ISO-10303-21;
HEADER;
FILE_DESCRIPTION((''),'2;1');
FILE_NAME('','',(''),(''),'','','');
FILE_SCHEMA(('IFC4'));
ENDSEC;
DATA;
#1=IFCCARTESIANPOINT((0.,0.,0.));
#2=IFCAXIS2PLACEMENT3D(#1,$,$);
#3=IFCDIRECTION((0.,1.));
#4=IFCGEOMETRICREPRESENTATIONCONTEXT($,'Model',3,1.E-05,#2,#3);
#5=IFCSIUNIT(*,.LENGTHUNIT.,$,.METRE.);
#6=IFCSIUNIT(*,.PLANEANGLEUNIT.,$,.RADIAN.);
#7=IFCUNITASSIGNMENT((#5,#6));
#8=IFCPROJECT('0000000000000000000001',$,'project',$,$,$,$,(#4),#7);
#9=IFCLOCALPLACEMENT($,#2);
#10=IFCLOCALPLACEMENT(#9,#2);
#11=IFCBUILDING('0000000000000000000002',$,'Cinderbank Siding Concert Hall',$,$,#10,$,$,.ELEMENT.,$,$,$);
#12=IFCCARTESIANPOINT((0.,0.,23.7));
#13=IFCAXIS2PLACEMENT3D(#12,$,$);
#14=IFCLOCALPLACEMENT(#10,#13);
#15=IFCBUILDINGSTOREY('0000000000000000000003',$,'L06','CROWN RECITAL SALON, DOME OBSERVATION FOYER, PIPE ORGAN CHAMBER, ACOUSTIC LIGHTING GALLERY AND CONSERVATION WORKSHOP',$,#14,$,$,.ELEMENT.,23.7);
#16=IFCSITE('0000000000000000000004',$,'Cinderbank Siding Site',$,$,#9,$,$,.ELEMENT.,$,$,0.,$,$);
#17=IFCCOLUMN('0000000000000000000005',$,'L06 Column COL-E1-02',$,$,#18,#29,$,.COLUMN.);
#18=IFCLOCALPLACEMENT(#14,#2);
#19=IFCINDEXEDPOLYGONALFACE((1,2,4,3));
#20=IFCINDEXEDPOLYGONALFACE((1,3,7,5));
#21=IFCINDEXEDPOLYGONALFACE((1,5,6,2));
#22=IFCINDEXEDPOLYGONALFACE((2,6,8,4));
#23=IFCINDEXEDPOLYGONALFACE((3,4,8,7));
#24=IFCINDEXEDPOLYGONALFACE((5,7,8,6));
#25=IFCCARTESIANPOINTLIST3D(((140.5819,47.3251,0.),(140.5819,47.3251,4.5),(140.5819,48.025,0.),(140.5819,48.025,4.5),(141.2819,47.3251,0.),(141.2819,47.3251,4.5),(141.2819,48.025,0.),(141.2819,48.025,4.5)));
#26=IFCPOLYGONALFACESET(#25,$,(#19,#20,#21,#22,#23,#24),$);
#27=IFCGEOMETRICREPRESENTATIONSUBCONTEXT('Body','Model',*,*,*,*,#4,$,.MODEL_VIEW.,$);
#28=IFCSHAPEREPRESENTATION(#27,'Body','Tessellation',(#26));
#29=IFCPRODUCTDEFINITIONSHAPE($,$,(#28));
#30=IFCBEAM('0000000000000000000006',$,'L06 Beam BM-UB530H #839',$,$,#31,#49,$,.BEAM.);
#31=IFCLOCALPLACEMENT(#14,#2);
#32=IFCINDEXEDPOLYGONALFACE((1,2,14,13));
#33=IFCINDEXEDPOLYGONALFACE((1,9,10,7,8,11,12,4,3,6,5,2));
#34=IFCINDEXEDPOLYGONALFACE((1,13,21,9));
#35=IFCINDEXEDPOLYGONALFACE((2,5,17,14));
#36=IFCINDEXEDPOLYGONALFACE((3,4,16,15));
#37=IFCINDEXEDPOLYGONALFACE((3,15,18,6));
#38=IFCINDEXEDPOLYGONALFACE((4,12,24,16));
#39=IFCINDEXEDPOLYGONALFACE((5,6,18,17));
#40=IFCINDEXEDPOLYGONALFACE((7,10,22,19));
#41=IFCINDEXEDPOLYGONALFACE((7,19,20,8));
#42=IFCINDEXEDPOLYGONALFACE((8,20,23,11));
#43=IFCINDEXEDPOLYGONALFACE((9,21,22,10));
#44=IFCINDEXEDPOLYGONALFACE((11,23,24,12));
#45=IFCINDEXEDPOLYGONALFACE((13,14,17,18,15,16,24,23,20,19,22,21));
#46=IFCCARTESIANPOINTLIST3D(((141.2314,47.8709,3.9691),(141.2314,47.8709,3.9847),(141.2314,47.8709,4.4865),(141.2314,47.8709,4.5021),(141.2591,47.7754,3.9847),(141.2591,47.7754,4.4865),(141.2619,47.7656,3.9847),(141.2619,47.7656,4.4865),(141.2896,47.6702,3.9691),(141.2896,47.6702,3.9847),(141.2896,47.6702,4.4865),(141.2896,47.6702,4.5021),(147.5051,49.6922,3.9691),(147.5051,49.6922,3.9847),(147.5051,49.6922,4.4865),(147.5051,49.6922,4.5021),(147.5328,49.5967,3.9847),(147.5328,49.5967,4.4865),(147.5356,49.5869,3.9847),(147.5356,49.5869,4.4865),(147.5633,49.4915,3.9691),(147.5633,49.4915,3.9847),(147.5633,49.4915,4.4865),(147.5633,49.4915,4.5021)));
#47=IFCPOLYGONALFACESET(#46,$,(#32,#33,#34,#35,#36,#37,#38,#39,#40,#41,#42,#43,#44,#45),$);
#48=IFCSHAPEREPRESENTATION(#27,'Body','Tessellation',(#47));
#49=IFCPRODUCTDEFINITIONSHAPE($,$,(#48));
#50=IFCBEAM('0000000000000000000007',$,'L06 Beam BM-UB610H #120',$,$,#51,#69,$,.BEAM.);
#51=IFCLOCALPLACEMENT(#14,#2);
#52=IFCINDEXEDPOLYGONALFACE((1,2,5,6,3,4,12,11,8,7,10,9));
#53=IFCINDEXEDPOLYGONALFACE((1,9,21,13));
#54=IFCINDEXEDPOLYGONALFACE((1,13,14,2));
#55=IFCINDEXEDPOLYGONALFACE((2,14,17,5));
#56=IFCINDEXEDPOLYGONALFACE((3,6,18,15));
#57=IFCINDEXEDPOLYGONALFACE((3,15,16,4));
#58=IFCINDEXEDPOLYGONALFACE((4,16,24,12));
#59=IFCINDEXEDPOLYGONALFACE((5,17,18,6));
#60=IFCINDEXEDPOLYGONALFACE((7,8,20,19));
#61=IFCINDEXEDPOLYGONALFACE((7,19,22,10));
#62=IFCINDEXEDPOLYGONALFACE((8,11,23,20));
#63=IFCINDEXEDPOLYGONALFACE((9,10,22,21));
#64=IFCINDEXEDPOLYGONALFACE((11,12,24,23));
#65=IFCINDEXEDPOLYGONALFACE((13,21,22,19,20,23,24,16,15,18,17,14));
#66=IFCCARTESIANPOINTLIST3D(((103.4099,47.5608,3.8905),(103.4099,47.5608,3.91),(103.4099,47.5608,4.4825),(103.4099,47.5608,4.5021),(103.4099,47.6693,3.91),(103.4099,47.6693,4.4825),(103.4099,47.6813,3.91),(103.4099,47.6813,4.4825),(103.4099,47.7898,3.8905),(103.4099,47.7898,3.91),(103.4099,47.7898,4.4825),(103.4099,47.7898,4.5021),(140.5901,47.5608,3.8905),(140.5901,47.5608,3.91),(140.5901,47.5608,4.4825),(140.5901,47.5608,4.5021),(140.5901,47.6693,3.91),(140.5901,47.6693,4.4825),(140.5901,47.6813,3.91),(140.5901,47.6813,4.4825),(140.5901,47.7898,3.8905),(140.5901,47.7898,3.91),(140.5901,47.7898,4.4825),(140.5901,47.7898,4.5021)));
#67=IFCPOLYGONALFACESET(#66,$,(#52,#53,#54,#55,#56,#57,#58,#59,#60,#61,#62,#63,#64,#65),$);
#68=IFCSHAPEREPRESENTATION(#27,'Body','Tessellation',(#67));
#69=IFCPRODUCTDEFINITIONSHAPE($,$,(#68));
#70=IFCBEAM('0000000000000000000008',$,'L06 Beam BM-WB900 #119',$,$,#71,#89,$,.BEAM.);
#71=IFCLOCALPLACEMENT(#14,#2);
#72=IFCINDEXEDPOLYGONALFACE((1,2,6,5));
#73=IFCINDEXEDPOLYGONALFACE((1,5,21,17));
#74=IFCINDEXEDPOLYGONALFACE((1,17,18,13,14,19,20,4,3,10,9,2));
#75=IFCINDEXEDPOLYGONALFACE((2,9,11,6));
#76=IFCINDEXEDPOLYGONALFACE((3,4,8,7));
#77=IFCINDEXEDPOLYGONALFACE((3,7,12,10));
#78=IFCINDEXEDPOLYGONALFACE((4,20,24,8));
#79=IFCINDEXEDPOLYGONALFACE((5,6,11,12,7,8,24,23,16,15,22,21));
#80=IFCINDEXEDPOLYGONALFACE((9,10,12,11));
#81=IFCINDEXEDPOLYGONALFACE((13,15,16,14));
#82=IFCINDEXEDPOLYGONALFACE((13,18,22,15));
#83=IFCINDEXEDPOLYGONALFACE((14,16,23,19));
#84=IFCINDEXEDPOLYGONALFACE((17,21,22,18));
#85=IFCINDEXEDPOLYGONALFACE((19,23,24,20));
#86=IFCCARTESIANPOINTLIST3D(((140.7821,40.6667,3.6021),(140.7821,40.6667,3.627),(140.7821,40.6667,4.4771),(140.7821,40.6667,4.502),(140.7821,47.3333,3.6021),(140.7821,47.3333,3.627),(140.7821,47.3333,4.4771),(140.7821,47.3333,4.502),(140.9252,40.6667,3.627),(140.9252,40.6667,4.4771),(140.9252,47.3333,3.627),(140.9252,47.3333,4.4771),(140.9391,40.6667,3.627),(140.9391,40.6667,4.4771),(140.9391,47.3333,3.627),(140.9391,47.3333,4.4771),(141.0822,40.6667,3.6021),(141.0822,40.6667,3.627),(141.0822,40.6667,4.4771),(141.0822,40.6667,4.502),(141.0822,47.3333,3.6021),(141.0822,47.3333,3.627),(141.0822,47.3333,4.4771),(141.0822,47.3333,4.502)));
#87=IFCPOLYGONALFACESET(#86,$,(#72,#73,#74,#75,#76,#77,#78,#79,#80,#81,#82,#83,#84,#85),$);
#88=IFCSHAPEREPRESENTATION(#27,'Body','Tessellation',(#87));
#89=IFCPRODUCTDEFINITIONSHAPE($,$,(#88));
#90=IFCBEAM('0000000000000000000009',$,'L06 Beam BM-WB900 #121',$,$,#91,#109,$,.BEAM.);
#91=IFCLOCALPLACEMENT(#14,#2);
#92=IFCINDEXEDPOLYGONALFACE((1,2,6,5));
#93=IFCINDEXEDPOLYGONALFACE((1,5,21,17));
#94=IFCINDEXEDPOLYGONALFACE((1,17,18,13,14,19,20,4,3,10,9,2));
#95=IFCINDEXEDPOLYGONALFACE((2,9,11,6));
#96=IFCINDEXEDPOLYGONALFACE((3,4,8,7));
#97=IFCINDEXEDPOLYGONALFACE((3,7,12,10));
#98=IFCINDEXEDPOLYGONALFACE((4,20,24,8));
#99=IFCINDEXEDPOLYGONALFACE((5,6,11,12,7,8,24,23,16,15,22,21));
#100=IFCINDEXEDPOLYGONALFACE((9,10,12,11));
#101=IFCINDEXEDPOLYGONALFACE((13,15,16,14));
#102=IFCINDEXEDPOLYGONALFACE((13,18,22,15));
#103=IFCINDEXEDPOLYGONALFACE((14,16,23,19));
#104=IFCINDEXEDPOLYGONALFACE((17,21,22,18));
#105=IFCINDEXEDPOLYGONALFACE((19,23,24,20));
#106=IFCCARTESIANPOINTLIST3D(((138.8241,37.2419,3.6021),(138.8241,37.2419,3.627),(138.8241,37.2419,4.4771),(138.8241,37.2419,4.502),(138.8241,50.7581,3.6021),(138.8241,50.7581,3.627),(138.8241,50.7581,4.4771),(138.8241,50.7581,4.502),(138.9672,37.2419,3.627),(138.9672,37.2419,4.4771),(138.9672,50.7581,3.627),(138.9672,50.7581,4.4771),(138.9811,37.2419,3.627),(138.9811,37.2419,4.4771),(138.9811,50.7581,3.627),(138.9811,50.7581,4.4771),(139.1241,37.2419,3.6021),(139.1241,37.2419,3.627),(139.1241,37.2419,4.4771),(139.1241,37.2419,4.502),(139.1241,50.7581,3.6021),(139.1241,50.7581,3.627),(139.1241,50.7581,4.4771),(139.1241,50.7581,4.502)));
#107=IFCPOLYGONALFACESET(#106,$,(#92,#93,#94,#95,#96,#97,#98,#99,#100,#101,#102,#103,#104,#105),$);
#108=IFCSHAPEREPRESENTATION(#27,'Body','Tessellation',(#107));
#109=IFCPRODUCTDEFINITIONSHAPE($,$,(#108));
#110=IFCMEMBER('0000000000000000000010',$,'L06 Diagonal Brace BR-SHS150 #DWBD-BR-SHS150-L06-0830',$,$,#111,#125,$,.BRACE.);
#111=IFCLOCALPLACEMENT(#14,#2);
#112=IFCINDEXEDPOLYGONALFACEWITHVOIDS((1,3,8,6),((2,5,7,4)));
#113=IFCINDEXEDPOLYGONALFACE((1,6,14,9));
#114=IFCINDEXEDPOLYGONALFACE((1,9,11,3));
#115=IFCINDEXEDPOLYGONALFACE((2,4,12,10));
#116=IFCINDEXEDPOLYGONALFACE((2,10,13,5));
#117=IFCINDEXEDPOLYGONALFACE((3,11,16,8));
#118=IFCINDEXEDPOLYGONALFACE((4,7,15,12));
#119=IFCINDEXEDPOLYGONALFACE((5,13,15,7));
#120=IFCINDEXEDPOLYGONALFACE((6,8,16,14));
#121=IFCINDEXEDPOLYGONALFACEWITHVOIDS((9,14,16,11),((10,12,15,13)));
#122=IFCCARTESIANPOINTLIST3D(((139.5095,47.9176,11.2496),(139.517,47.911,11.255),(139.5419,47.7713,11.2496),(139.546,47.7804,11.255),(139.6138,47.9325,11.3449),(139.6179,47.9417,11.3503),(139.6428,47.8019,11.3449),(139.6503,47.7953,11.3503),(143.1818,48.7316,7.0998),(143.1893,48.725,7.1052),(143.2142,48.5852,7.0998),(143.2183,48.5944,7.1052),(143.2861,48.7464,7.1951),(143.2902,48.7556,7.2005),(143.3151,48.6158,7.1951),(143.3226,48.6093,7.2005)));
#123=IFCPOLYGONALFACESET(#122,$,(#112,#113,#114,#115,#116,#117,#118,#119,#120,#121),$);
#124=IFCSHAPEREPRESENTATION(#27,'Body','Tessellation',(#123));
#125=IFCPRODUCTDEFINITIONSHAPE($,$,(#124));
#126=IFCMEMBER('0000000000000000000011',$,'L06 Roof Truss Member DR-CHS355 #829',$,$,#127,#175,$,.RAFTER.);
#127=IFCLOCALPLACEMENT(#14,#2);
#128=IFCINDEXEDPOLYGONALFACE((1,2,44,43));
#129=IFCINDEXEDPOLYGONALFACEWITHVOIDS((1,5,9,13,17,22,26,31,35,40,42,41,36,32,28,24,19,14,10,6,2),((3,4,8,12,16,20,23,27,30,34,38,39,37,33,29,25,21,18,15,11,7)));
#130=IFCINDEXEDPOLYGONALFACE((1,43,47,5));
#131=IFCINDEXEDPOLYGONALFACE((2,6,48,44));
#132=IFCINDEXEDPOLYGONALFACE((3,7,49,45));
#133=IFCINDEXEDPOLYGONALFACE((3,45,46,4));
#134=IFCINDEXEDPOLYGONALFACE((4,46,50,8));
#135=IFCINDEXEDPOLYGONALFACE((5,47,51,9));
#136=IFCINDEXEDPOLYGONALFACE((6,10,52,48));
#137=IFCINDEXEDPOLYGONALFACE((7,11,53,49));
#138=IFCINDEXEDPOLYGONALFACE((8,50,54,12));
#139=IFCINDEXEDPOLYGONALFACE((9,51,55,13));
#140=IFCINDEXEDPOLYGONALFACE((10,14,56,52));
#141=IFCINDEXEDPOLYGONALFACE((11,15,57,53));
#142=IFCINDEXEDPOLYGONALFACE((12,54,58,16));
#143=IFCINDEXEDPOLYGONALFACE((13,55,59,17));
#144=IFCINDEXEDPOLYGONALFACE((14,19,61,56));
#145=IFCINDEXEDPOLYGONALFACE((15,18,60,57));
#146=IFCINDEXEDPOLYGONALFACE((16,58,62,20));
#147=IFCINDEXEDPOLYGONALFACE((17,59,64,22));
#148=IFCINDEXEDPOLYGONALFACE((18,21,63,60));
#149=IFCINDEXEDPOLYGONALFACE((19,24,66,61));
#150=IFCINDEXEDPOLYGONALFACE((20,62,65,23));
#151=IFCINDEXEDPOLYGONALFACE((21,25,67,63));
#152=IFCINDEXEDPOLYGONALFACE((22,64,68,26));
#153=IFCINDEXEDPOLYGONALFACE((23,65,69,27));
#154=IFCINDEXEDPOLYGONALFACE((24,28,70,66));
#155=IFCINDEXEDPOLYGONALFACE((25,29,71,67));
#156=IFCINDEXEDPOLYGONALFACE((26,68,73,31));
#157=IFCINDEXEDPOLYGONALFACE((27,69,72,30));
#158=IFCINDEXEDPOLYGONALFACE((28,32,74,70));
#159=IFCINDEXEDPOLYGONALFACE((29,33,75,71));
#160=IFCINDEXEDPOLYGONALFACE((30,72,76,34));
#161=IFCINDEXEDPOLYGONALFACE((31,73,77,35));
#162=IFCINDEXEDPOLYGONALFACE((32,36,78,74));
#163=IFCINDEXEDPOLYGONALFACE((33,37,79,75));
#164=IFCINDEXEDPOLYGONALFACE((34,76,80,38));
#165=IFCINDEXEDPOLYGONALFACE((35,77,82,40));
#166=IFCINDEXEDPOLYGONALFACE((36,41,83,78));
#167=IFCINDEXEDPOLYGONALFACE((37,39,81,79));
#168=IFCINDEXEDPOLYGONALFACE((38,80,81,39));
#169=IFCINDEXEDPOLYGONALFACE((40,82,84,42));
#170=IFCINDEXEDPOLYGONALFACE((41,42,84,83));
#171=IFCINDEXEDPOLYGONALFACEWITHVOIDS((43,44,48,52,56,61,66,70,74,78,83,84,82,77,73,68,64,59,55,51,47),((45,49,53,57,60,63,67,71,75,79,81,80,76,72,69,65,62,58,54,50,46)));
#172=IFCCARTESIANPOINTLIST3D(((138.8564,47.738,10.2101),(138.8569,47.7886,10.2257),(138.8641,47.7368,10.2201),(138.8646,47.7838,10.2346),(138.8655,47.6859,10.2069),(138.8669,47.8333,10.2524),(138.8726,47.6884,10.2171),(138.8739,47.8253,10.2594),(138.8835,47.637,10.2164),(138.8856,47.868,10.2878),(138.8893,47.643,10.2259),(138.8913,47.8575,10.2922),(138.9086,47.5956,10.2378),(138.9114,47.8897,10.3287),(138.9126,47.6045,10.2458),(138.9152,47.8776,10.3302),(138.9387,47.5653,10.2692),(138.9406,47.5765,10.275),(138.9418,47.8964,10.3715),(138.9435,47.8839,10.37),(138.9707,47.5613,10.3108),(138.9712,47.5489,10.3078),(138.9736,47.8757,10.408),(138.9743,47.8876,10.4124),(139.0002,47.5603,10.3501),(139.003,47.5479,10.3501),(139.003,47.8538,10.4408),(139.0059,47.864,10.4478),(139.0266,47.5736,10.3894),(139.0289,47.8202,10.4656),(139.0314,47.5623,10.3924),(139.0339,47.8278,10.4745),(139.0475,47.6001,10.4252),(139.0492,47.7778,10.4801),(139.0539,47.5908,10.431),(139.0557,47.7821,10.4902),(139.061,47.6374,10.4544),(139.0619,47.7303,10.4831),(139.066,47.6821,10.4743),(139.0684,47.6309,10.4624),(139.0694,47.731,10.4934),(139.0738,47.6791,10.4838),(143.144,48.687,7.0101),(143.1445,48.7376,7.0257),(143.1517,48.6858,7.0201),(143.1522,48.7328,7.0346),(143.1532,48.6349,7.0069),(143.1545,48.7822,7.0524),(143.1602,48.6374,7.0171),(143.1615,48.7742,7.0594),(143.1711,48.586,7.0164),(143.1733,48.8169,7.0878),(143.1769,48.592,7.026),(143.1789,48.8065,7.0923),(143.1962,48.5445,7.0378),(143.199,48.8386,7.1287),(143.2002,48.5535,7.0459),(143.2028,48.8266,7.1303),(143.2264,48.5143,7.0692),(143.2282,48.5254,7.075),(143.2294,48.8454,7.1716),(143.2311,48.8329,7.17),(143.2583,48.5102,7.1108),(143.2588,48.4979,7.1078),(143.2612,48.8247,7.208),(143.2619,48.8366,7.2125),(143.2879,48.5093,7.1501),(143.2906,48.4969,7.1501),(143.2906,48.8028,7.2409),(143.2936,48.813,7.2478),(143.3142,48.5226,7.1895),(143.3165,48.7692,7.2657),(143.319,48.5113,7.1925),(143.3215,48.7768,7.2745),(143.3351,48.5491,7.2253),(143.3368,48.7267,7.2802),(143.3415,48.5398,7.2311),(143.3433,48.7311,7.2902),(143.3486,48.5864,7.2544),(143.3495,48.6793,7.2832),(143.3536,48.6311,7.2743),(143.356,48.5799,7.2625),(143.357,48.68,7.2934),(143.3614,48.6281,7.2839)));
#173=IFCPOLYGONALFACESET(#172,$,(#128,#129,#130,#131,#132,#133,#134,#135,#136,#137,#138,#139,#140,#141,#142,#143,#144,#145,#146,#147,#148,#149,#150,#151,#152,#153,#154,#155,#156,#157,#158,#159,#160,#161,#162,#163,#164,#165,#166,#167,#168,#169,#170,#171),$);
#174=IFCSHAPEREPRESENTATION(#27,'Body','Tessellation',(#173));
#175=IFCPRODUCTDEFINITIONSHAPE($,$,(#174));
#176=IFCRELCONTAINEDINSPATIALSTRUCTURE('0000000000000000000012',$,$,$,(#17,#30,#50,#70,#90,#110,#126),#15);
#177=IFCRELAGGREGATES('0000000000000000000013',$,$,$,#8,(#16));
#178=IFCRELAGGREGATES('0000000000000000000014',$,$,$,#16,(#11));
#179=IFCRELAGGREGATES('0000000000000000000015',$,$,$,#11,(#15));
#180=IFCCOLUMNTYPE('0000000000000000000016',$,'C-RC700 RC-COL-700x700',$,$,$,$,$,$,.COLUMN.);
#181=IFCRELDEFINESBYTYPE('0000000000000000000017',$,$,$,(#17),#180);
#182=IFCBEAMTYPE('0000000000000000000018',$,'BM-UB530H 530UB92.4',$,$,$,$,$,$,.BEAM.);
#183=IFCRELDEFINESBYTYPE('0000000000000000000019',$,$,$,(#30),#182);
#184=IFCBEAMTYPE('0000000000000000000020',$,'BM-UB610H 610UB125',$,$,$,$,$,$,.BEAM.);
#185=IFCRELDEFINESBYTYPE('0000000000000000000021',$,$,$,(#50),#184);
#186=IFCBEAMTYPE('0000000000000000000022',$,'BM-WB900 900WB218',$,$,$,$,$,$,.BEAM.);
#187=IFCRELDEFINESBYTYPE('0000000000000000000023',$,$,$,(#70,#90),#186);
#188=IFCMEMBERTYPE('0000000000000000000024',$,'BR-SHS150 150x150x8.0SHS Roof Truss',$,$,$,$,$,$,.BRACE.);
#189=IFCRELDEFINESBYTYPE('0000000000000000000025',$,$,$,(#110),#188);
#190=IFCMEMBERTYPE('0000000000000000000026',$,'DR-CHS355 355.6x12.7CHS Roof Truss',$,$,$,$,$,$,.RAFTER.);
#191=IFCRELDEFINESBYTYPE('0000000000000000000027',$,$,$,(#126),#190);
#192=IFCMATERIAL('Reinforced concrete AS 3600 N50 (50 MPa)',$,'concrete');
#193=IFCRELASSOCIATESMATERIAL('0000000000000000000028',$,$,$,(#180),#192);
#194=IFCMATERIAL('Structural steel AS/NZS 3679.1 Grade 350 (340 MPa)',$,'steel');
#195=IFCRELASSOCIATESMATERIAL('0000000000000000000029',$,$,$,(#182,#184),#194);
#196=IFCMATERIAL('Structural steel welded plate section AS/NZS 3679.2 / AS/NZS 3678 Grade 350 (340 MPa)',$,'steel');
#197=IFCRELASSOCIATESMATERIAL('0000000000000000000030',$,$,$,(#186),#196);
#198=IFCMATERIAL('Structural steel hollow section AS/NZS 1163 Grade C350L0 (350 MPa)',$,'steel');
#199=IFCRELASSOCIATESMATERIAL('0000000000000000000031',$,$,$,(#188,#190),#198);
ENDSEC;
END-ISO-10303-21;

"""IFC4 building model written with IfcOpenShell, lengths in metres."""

from ifc_helpers import new_model, si_unit, direction, frame, origin, origin_2d, place, context, subcontext, project, spatial, rectangle, hollow_rectangle, hollow_circle, i_section, extrude, material, material_profile, profile_set, type_object, element, save


model = new_model("IFC4")

# Units and contexts
model_context = context("Model", 3, precision=1e-05, world=origin(), true_north=direction((0.0, 1.0)))
body_context = subcontext(model_context, "Body", "Model", "MODEL_VIEW")
ifc_project = project(units=[si_unit("LENGTHUNIT", "METRE"), si_unit("PLANEANGLEUNIT", "RADIAN")], contexts=[model_context])

# Site, building, storey
site_placement = place(None, origin())
site = spatial("IfcSite", under=ifc_project, at=site_placement, Name="Cinderbank Siding Site", CompositionType="ELEMENT", RefElevation=0.0)
building_placement = place(site_placement, origin())
building = spatial("IfcBuilding", under=site, at=building_placement, Name="Cinderbank Siding Concert Hall", CompositionType="ELEMENT")
storey_placement = place(building_placement, frame((0.0, 0.0, 23.7)))
storey = spatial("IfcBuildingStorey", under=building, at=storey_placement, Name="L06", Description="CROWN RECITAL SALON, DOME OBSERVATION FOYER, PIPE ORGAN CHAMBER, ACOUSTIC LIGHTING GALLERY AND CONSERVATION WORKSHOP", CompositionType="ELEMENT", Elevation=23.7)

# Column
ifc_material_1 = material(Name="Reinforced concrete AS 3600 N50 (50 MPa)", Category="concrete")
ifc_material_profile_1 = material_profile(ifc_material_1, rectangle(XDim=0.7, YDim=0.7, at=origin_2d()), Name="RC-COL-700x700", Category="LoadBearing")
ifc_profile_set_1 = profile_set([ifc_material_profile_1], Name="Reinforced concrete AS 3600 N50 (50 MPa)")
column_type = type_object("IfcColumnType", Name="C-RC700 RC-COL-700x700", PredefinedType="COLUMN", material=ifc_profile_set_1)
column_placement = place(storey_placement, frame((140.9319, 47.675, 0.0), z_axis=(0.0, 0.0, 1.0), x_axis=(1.0, 0.0, 0.0)))
element("IfcColumn", 1, at=column_placement, inside=storey, type_object=column_type, Name="L06 Column COL-E1-02", PredefinedType="COLUMN", context=body_context, shape_type="SweptSolid", body=[
    extrude(rectangle(XDim=0.7, YDim=0.7, at=origin_2d()), origin(), (0.0, 0.0, 1.0), 4.5),
])

# Beams
ifc_material_2 = material(Name="Structural steel AS/NZS 3679.1 Grade 350 (340 MPa)", Category="steel")
ifc_material_profile_2 = material_profile(ifc_material_2, i_section(OverallWidth=0.209, OverallDepth=0.533, WebThickness=0.0103, FlangeThickness=0.0156, at=origin_2d()), Name="530UB92.4", Category="LoadBearing")
ifc_profile_set_2 = profile_set([ifc_material_profile_2], Name="Structural steel AS/NZS 3679.1 Grade 350 (340 MPa)")
beam_type_1 = type_object("IfcBeamType", Name="BM-UB530H 530UB92.4", PredefinedType="BEAM", material=ifc_profile_set_2)
beam_1_placement = place(storey_placement, frame((141.2605, 47.7705, 4.2356), z_axis=(0.96035, 0.278796, 0.0), x_axis=(-0.278796, 0.96035, 0.0)))
element("IfcBeam", 2, at=beam_1_placement, inside=storey, type_object=beam_type_1, Name="L06 Beam BM-UB530H #839", PredefinedType="BEAM", context=body_context, shape_type="SweptSolid", body=[
    extrude(i_section(OverallWidth=0.209, OverallDepth=0.533, WebThickness=0.0103, FlangeThickness=0.0156, at=origin_2d()), origin(), (0.0, 0.0, 1.0), 6.5327),
])
ifc_material_profile_3 = material_profile(ifc_material_2, i_section(OverallWidth=0.229, OverallDepth=0.6116, WebThickness=0.012, FlangeThickness=0.0195, at=origin_2d()), Name="610UB125", Category="LoadBearing")
ifc_profile_set_3 = profile_set([ifc_material_profile_3], Name="Structural steel AS/NZS 3679.1 Grade 350 (340 MPa)")
beam_type_2 = type_object("IfcBeamType", Name="BM-UB610H 610UB125", PredefinedType="BEAM", material=ifc_profile_set_3)
beam_2_placement = place(storey_placement, frame((140.5901, 47.6753, 4.1963), z_axis=(-1.0, 0.0, 0.0), x_axis=(0.0, -1.0, 0.0)))
element("IfcBeam", 3, at=beam_2_placement, inside=storey, type_object=beam_type_2, Name="L06 Beam BM-UB610H #120", PredefinedType="BEAM", context=body_context, shape_type="SweptSolid", body=[
    extrude(i_section(OverallWidth=0.229, OverallDepth=0.6116, WebThickness=0.012, FlangeThickness=0.0195, at=origin_2d()), origin(), (0.0, 0.0, 1.0), 37.1802),
])
ifc_material_3 = material(Name="Structural steel welded plate section AS/NZS 3679.2 / AS/NZS 3678 Grade 350 (340 MPa)", Category="steel")
ifc_material_profile_4 = material_profile(ifc_material_3, i_section(OverallWidth=0.3, OverallDepth=0.8999, WebThickness=0.0139, FlangeThickness=0.0249, at=origin_2d()), Name="900WB218", Category="LoadBearing")
ifc_profile_set_4 = profile_set([ifc_material_profile_4], Name="Structural steel welded plate section AS/NZS 3679.2 / AS/NZS 3678 Grade 350 (340 MPa)")
beam_type_3 = type_object("IfcBeamType", Name="BM-WB900 900WB218", PredefinedType="BEAM", material=ifc_profile_set_4)
beam_3_placement = place(storey_placement, frame((140.9321, 47.3333, 4.052), z_axis=(0.0, -1.0, 0.0), x_axis=(1.0, 0.0, 0.0)))
element("IfcBeam", 4, at=beam_3_placement, inside=storey, type_object=beam_type_3, Name="L06 Beam BM-WB900 #119", PredefinedType="BEAM", context=body_context, shape_type="SweptSolid", body=[
    extrude(i_section(OverallWidth=0.3, OverallDepth=0.8999, WebThickness=0.0139, FlangeThickness=0.0249, at=origin_2d()), origin(), (0.0, 0.0, 1.0), 6.6665),
])
beam_4_placement = place(storey_placement, frame((138.9741, 50.7581, 4.052), z_axis=(0.0, -1.0, 0.0), x_axis=(1.0, 0.0, 0.0)))
element("IfcBeam", 5, at=beam_4_placement, inside=storey, type_object=beam_type_3, Name="L06 Beam BM-WB900 #121", PredefinedType="BEAM", context=body_context, shape_type="SweptSolid", body=[
    extrude(i_section(OverallWidth=0.3, OverallDepth=0.8999, WebThickness=0.0139, FlangeThickness=0.0249, at=origin_2d()), origin(), (0.0, 0.0, 1.0), 13.5161),
])

# Members
ifc_material_4 = material(Name="Structural steel hollow section AS/NZS 1163 Grade C350L0 (350 MPa)", Category="steel")
ifc_material_profile_5 = material_profile(ifc_material_4, hollow_rectangle(XDim=0.1499, YDim=0.1499, WallThickness=0.0081, at=origin_2d()), Name="150x150x8.0SHS", Category="LoadBearing")
ifc_profile_set_5 = profile_set([ifc_material_profile_5], Name="Structural steel hollow section AS/NZS 1163 Grade C350L0 (350 MPa)")
member_type_1 = type_object("IfcMemberType", Name="BR-SHS150 150x150x8.0SHS Roof Truss", PredefinedType="BRACE", material=ifc_profile_set_5)
member_1_placement = place(storey_placement, frame((143.2522, 48.6704, 7.1501), z_axis=(-0.65567, -0.145327, 0.74093), x_axis=(0.216394, -0.976306, 0.0)))
element("IfcMember", 6, at=member_1_placement, inside=storey, type_object=member_type_1, Name="L06 Diagonal Brace BR-SHS150 #DWBD-BR-SHS150-L06-0830", PredefinedType="BRACE", context=body_context, shape_type="SweptSolid", body=[
    extrude(hollow_rectangle(XDim=0.1499, YDim=0.1499, WallThickness=0.0081, at=origin_2d()), origin(), (0.0, 0.0, 1.0), 5.6008),
])
ifc_material_profile_6 = material_profile(ifc_material_4, hollow_circle(Radius=0.1777, WallThickness=0.0127, at=origin_2d()), Name="355.6x12.7CHS", Category="LoadBearing")
ifc_profile_set_6 = profile_set([ifc_material_profile_6], Name="Structural steel hollow section AS/NZS 1163 Grade C350L0 (350 MPa)")
member_type_2 = type_object("IfcMemberType", Name="DR-CHS355 355.6x12.7CHS Roof Truss", PredefinedType="RAFTER", material=ifc_profile_set_6)
member_2_placement = place(storey_placement, frame((143.2522, 48.6704, 7.1501), z_axis=(-0.789093, -0.17465, 0.588922), x_axis=(0.2161, -0.976371, 0.0)))
element("IfcMember", 7, at=member_2_placement, inside=storey, type_object=member_type_2, Name="L06 Roof Truss Member DR-CHS355 #829", PredefinedType="RAFTER", context=body_context, shape_type="SweptSolid", body=[
    extrude(hollow_circle(Radius=0.1777, WallThickness=0.0127, at=origin_2d()), origin(), (0.0, 0.0, 1.0), 5.4336),
])

save(model, "model.ifc")
